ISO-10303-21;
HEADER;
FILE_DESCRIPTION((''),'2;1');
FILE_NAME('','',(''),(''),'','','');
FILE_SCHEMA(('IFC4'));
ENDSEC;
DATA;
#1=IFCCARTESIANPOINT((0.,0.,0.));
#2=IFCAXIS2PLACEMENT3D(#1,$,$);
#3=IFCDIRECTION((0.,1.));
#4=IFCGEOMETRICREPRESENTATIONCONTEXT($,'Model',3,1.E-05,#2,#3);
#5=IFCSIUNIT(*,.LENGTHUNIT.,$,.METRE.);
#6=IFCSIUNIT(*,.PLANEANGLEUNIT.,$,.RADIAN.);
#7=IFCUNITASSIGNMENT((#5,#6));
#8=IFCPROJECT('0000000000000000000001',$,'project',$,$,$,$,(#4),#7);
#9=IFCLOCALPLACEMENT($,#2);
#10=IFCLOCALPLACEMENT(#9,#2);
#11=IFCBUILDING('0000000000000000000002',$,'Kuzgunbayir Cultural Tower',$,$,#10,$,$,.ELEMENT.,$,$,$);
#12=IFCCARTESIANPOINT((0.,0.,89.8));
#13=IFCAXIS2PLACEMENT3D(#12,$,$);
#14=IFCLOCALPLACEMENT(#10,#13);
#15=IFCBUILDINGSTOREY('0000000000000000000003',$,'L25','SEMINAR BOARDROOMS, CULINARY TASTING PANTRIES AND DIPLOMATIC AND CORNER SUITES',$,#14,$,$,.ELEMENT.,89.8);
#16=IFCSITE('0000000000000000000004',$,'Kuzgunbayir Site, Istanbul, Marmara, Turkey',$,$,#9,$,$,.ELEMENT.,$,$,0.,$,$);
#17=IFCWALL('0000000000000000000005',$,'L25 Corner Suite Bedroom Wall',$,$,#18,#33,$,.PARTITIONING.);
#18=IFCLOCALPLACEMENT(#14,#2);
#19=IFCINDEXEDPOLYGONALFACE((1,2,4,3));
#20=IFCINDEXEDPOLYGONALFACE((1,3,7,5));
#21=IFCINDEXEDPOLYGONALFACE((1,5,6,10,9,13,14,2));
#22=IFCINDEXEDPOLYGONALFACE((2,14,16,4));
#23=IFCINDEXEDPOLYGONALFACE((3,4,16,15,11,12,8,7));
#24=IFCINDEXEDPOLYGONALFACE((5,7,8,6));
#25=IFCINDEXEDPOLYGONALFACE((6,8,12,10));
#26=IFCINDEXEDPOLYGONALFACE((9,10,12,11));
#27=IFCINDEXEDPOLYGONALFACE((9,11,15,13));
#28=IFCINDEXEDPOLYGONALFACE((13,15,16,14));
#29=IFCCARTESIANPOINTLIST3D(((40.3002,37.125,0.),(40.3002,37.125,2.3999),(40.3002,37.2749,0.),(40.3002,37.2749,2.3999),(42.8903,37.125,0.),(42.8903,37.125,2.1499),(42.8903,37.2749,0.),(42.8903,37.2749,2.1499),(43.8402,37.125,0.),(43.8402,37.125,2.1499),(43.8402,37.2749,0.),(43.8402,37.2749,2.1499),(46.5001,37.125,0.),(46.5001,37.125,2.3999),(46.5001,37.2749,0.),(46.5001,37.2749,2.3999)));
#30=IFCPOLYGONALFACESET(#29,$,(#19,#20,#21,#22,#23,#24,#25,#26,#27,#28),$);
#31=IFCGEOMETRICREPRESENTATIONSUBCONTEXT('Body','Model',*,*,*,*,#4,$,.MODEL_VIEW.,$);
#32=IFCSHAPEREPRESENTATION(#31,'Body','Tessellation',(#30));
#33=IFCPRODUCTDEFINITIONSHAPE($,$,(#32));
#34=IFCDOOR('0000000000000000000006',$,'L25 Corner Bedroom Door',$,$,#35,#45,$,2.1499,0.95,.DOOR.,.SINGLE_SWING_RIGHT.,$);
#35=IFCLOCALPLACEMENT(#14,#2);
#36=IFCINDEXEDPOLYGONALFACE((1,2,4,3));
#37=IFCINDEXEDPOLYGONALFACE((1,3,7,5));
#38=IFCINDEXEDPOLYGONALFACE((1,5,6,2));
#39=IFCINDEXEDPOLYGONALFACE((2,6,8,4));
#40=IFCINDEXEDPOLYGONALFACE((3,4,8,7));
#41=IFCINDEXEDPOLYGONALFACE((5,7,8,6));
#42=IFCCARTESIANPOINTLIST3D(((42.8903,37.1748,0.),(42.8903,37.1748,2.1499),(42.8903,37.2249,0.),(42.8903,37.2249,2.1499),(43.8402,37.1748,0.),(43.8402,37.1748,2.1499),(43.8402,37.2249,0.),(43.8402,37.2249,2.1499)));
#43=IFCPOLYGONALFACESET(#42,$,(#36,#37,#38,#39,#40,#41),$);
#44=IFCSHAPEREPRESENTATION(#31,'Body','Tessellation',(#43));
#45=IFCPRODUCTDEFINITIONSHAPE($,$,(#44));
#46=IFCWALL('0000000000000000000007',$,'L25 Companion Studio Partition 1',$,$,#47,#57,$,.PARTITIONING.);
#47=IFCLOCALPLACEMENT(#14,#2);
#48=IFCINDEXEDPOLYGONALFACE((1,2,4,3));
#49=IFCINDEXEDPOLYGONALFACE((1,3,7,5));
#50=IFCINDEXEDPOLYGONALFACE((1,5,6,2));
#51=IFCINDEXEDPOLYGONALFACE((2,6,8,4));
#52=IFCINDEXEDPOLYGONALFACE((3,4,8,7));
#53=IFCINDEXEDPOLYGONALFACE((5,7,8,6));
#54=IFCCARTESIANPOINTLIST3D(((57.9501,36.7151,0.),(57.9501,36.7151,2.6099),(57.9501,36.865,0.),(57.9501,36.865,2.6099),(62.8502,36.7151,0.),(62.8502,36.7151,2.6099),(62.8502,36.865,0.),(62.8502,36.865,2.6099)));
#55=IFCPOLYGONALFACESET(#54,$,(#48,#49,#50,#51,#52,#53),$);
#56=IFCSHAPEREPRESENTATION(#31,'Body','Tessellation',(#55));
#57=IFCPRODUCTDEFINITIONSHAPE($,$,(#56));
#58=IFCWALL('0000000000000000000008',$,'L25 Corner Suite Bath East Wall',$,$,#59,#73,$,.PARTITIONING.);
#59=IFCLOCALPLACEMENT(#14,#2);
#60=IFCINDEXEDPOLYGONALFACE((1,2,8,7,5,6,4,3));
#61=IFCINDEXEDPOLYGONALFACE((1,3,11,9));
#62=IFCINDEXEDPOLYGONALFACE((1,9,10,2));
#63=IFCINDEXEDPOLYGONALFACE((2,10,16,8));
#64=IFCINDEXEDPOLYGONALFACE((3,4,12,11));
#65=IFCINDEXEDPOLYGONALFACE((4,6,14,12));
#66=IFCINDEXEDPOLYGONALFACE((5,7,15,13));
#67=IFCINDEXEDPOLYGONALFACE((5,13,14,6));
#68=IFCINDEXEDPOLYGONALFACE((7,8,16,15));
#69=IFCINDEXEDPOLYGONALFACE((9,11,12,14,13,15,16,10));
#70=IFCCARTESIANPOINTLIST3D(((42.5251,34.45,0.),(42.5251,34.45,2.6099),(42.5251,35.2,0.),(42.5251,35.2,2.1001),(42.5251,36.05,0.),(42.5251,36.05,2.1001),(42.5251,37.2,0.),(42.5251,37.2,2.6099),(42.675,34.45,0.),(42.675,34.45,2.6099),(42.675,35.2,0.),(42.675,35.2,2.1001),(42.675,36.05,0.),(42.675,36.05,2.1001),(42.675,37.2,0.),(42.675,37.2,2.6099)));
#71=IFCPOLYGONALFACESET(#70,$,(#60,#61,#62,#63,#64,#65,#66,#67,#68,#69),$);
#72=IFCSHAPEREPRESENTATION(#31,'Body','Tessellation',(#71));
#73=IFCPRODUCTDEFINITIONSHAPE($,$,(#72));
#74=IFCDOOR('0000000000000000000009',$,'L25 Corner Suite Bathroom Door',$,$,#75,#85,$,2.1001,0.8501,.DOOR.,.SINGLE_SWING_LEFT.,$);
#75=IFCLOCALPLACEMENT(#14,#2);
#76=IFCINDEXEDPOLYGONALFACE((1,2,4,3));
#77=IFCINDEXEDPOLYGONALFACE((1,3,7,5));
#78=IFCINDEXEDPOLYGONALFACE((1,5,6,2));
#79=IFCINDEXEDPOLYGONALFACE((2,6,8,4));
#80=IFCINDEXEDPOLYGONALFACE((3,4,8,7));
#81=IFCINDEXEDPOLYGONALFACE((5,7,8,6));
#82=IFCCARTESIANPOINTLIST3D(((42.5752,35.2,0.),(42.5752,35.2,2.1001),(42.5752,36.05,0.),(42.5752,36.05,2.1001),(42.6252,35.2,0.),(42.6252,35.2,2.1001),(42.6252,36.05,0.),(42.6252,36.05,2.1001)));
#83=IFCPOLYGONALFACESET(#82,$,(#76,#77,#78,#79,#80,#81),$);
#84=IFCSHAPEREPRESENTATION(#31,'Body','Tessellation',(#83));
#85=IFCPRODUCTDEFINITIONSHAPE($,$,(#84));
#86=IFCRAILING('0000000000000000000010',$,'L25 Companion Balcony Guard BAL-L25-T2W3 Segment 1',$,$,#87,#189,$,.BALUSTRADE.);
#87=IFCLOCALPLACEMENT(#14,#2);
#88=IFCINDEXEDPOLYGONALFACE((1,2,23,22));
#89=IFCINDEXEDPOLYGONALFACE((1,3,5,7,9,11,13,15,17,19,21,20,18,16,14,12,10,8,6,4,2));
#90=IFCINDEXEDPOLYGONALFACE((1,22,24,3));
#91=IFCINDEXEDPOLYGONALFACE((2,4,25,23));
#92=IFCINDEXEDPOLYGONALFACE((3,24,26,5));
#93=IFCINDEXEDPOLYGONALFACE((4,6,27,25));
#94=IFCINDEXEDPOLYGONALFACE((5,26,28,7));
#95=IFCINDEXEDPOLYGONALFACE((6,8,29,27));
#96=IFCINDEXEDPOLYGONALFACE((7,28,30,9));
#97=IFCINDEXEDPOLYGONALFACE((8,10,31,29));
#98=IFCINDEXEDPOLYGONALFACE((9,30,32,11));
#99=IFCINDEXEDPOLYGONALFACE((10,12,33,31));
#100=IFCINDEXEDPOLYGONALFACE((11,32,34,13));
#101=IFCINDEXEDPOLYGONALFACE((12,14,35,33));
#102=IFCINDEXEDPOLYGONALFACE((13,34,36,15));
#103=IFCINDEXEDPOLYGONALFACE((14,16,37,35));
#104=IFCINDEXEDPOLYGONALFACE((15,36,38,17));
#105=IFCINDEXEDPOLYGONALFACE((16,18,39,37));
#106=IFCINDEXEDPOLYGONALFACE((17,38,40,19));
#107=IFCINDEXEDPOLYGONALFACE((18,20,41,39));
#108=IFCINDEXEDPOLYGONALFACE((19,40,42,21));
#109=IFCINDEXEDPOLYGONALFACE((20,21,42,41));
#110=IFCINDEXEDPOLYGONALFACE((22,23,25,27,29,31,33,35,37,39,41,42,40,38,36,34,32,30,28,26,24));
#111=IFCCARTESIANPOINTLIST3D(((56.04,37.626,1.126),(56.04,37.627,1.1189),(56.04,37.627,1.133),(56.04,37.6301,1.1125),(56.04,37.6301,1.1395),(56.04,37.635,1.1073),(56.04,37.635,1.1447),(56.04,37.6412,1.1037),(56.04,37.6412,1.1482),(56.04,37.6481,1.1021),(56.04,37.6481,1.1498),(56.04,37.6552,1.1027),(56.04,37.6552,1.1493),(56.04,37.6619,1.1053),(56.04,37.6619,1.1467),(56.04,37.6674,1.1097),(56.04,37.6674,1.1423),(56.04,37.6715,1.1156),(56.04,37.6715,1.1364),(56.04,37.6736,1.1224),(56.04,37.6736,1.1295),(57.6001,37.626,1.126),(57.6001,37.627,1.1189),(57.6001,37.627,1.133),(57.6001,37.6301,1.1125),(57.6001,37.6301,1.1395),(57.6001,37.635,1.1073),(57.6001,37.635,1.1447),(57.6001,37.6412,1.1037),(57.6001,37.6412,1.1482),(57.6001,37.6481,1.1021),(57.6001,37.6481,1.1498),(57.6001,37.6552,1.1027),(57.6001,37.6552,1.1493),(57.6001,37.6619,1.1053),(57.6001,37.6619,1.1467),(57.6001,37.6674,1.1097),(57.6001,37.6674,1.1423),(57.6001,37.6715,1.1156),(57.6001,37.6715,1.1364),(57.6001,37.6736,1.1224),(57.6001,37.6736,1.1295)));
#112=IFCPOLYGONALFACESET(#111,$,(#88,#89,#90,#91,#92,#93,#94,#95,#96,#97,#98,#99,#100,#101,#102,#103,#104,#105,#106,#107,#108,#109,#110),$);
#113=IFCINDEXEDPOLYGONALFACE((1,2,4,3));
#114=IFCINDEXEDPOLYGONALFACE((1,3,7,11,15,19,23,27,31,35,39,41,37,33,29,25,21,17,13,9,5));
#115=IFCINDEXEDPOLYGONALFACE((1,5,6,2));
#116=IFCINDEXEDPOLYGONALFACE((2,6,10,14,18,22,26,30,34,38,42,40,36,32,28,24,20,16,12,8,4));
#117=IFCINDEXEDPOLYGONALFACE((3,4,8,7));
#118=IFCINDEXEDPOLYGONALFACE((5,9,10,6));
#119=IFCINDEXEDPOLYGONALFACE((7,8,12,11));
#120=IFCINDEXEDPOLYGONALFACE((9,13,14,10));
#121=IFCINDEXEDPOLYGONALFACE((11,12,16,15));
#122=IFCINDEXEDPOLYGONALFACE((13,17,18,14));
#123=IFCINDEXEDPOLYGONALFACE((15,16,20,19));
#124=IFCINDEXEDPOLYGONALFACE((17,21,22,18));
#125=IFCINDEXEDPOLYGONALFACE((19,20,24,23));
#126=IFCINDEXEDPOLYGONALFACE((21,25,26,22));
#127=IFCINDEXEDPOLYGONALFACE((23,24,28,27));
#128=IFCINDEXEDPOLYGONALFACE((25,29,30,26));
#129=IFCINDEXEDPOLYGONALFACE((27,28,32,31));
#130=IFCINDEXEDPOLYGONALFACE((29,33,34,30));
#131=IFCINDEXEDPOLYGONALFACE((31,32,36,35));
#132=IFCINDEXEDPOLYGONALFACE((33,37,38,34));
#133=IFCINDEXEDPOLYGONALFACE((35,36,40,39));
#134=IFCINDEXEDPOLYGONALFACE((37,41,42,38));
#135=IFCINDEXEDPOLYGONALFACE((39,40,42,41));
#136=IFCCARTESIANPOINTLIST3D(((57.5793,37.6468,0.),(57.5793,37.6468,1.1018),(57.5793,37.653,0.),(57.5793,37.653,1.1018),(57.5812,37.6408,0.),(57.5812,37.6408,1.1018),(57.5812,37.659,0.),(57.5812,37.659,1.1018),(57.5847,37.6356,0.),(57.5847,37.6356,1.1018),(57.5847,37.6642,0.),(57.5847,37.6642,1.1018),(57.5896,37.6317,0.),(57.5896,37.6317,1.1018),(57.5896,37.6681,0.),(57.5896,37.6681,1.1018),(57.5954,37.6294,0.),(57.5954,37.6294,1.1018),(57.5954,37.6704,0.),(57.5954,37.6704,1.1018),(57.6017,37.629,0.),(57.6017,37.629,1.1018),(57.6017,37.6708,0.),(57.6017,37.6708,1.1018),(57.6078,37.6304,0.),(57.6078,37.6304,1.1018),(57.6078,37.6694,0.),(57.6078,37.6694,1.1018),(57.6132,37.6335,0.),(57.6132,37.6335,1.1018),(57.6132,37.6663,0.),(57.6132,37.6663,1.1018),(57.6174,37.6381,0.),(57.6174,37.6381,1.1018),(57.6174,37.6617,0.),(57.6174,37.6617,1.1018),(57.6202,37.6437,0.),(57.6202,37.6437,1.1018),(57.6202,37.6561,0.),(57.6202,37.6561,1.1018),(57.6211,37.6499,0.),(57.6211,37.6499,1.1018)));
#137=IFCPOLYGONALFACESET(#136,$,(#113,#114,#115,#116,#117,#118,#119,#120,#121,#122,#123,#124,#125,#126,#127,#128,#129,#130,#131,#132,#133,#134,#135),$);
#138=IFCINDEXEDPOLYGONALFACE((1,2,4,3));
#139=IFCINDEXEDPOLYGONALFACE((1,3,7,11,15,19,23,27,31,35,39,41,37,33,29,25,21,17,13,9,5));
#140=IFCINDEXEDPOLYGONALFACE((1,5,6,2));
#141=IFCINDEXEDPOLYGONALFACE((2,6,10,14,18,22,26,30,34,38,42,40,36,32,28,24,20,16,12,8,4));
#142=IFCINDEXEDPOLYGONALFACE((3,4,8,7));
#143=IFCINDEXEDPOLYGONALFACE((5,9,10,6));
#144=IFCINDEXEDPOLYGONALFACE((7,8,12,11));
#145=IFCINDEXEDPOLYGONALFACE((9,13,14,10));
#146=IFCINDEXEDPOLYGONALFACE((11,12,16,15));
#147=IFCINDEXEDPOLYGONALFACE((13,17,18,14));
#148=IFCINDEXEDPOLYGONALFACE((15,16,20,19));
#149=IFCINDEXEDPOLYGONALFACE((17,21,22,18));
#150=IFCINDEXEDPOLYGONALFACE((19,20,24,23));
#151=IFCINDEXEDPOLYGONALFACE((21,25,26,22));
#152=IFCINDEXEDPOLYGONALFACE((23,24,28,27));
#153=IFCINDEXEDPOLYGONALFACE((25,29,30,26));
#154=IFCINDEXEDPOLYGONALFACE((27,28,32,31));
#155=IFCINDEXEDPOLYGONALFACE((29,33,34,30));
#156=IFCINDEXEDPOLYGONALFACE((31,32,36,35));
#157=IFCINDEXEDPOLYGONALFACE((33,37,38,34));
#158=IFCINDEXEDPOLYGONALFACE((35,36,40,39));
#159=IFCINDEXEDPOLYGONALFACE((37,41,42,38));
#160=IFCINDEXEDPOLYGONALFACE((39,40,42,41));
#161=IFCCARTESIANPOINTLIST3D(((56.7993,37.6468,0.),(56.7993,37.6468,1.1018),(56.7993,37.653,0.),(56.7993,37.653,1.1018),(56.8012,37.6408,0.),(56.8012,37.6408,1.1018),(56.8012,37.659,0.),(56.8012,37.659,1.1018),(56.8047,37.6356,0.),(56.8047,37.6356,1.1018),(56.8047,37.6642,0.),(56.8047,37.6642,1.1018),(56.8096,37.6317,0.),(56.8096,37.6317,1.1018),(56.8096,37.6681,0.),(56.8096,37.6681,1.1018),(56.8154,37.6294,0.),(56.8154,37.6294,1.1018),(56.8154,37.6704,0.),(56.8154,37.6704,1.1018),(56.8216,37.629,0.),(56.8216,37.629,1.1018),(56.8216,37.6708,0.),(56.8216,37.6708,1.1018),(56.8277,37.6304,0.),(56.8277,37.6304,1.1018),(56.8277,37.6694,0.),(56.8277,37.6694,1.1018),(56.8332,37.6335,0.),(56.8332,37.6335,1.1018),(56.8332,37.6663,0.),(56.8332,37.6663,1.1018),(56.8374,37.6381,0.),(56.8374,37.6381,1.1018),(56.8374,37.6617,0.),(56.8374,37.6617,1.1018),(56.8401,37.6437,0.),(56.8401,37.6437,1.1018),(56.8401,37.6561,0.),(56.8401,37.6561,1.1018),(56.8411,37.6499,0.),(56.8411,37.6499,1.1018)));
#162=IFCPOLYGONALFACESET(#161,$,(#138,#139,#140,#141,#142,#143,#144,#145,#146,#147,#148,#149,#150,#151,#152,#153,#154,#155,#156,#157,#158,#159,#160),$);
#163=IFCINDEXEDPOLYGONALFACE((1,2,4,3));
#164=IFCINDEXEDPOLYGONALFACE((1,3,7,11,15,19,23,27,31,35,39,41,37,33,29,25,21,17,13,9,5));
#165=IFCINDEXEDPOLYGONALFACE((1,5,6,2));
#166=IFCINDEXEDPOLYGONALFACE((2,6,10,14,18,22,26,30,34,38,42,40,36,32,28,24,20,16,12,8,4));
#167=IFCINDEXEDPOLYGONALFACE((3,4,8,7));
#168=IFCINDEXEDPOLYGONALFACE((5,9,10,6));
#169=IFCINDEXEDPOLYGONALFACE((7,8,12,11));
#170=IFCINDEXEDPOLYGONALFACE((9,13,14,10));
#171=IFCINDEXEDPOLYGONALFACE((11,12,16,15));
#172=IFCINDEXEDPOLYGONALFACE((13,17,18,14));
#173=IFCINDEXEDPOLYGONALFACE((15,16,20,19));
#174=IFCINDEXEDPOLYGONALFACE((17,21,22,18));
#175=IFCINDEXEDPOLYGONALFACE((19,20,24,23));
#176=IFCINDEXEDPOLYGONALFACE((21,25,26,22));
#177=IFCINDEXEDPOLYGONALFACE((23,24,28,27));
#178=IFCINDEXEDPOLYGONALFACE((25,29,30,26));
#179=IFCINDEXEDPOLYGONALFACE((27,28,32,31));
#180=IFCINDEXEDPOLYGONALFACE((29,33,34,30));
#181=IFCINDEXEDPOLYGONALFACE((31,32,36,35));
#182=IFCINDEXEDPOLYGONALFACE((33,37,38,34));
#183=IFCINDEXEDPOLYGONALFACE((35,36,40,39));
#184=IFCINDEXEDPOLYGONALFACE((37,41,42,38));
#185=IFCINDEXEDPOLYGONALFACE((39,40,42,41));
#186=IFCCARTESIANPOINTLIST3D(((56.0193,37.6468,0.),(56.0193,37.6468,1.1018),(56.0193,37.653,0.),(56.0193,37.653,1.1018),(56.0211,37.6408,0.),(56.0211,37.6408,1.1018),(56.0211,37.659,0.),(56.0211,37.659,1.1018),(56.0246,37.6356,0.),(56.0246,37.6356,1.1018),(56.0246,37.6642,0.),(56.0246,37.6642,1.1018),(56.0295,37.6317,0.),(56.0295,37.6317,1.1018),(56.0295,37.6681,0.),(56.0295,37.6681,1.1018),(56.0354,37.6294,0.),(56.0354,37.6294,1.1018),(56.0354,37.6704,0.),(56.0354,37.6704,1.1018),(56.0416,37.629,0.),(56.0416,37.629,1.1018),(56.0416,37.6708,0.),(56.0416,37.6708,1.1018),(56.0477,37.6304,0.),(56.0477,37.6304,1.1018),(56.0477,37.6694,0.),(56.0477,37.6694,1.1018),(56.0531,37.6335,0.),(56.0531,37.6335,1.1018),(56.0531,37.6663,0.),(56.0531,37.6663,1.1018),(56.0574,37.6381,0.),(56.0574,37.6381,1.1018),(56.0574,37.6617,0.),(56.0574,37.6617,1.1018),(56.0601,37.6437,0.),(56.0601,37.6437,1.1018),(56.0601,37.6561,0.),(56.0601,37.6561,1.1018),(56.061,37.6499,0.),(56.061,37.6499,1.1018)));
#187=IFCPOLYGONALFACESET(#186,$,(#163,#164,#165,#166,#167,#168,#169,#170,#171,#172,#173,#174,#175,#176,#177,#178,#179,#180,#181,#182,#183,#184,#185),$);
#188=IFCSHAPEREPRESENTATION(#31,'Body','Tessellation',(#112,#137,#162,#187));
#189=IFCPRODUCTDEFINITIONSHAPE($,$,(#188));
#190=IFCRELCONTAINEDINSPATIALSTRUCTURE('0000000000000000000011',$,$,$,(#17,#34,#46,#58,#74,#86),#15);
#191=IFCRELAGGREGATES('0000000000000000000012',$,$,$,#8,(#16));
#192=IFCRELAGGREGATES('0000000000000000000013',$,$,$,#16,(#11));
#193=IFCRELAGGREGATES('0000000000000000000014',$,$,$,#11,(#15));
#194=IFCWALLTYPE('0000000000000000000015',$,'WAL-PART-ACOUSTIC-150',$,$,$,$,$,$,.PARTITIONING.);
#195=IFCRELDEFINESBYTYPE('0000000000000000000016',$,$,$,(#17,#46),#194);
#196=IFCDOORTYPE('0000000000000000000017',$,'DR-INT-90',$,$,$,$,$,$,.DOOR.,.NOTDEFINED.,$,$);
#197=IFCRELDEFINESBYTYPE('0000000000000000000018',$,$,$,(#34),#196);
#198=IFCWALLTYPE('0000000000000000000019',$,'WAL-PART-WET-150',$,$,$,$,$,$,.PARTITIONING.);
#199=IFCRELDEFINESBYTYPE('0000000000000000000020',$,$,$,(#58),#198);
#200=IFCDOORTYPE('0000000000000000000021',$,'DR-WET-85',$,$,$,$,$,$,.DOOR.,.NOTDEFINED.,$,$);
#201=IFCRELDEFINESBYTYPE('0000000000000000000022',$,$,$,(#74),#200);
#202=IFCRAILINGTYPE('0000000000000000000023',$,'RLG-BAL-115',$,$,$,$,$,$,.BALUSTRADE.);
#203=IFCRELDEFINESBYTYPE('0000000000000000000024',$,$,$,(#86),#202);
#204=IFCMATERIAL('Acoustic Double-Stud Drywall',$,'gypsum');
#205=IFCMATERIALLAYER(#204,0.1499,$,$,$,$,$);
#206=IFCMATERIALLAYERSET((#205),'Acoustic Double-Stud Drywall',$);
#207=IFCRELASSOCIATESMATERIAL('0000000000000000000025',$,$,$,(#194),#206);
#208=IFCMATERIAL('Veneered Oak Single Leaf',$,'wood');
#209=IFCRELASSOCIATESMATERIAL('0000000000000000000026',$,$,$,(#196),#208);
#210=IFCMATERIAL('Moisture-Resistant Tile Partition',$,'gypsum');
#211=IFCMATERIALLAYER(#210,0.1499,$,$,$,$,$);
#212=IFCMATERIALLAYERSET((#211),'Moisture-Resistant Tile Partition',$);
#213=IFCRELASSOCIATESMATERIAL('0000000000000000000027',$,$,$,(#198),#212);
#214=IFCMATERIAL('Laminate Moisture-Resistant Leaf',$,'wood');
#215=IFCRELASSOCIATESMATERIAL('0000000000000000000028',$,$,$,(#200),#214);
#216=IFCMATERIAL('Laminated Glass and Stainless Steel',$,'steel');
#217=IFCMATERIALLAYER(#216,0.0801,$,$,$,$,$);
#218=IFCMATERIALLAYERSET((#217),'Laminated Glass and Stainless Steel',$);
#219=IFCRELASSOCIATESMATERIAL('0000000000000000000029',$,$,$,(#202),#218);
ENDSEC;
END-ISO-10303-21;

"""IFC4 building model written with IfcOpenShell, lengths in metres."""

from ifc_helpers import new_model, si_unit, direction, frame, frame_2d, origin, origin_2d, place, context, subcontext, project, spatial, rectangle, circle, extrude, material, layer, layer_set, type_object, element, fill, save


model = new_model("IFC4")

# Units and contexts
model_context = context("Model", 3, precision=1e-05, world=origin(), true_north=direction((0.0, 1.0)))
body_context = subcontext(model_context, "Body", "Model", "MODEL_VIEW")
ifc_project = project(units=[si_unit("LENGTHUNIT", "METRE"), si_unit("PLANEANGLEUNIT", "RADIAN")], contexts=[model_context])

# Site, building, storey
site_placement = place(None, origin())
site = spatial("IfcSite", under=ifc_project, at=site_placement, Name="Kuzgunbayir Site, Istanbul, Marmara, Turkey", CompositionType="ELEMENT", RefElevation=0.0)
building_placement = place(site_placement, origin())
building = spatial("IfcBuilding", under=site, at=building_placement, Name="Kuzgunbayir Cultural Tower", CompositionType="ELEMENT")
storey_placement = place(building_placement, frame((0.0, 0.0, 89.8)))
storey = spatial("IfcBuildingStorey", under=building, at=storey_placement, Name="L25", Description="SEMINAR BOARDROOMS, CULINARY TASTING PANTRIES AND DIPLOMATIC AND CORNER SUITES", CompositionType="ELEMENT", Elevation=89.8)

# Wall, opening, door
ifc_material_1 = material(Name="Acoustic Double-Stud Drywall", Category="gypsum")
ifc_layer_1 = layer(ifc_material_1, 0.1499)
ifc_layer_set_1 = layer_set([ifc_layer_1], Name="Acoustic Double-Stud Drywall")
wall_type_1 = type_object("IfcWallType", Name="WAL-PART-ACOUSTIC-150", PredefinedType="PARTITIONING", material=ifc_layer_set_1)
wall_1_placement = place(storey_placement, frame((40.3, 37.2, 0.0), z_axis=(0.0, 0.0, 1.0), x_axis=(1.0, 0.0, 0.0)))
wall_1 = element("IfcWall", 1, at=wall_1_placement, inside=storey, type_object=wall_type_1, Name="L25 Corner Suite Bedroom Wall", PredefinedType="PARTITIONING", context=body_context, shape_type="SweptSolid", body=[
    extrude(rectangle(XDim=6.2, YDim=0.1499, at=frame_2d((3.1001, 0.0))), origin(), (0.0, 0.0, 1.0), 2.3999),
])
opening_1_placement = place(wall_1_placement, frame((2.5901, 0.0, 0.0)))
opening_1 = element("IfcOpeningElement", 2, at=opening_1_placement, cuts=wall_1, PredefinedType="OPENING", context=body_context, shape_type="SweptSolid", body=[
    extrude(rectangle(XDim=0.95, YDim=2.1499, at=frame_2d((0.4751, 1.075))), frame((0.0, 0.085, 0.0), z_axis=(0.0, -1.0, 0.0), x_axis=(1.0, 0.0, 0.0)), (0.0, 0.0, 1.0), 0.1699),
])
ifc_material_2 = material(Name="Veneered Oak Single Leaf", Category="wood")
door_type_1 = type_object("IfcDoorType", Name="DR-INT-90", OperationType="NOTDEFINED", PredefinedType="DOOR", material=ifc_material_2)
door_1_placement = place(opening_1_placement, origin())
door_1 = element("IfcDoor", 3, at=door_1_placement, inside=storey, type_object=door_type_1, Name="L25 Corner Bedroom Door", OperationType="SINGLE_SWING_RIGHT", OverallHeight=2.1499, OverallWidth=0.95, PredefinedType="DOOR", context=body_context, shape_type="SweptSolid", body=[
    extrude(rectangle(XDim=0.95, YDim=2.1499, at=frame_2d((0.4751, 1.075))), frame((0.0, 0.0249, 0.0), z_axis=(0.0, -1.0, 0.0), x_axis=(1.0, 0.0, 0.0)), (0.0, 0.0, 1.0), 0.05),
])
fill(opening_1, door_1)

# Wall
wall_2_placement = place(storey_placement, frame((57.95, 36.79, 0.0), z_axis=(0.0, 0.0, 1.0), x_axis=(1.0, 0.0, 0.0)))
element("IfcWall", 4, at=wall_2_placement, inside=storey, type_object=wall_type_1, Name="L25 Companion Studio Partition 1", PredefinedType="PARTITIONING", context=body_context, shape_type="SweptSolid", body=[
    extrude(rectangle(XDim=4.9001, YDim=0.1499, at=frame_2d((2.4502, 0.0))), origin(), (0.0, 0.0, 1.0), 2.6099),
])

# Wall, opening, door
ifc_material_3 = material(Name="Moisture-Resistant Tile Partition", Category="gypsum")
ifc_layer_2 = layer(ifc_material_3, 0.1499)
ifc_layer_set_2 = layer_set([ifc_layer_2], Name="Moisture-Resistant Tile Partition")
wall_type_2 = type_object("IfcWallType", Name="WAL-PART-WET-150", PredefinedType="PARTITIONING", material=ifc_layer_set_2)
wall_3_placement = place(storey_placement, frame((42.6001, 34.45, 0.0), z_axis=(0.0, 0.0, 1.0), x_axis=(0.0, 1.0, 0.0)))
wall_3 = element("IfcWall", 5, at=wall_3_placement, inside=storey, type_object=wall_type_2, Name="L25 Corner Suite Bath East Wall", PredefinedType="PARTITIONING", context=body_context, shape_type="SweptSolid", body=[
    extrude(rectangle(XDim=2.75, YDim=0.1499, at=frame_2d((1.375, 0.0))), origin(), (0.0, 0.0, 1.0), 2.6099),
])
opening_2_placement = place(wall_3_placement, frame((0.75, 0.0, 0.0)))
opening_2 = element("IfcOpeningElement", 6, at=opening_2_placement, cuts=wall_3, PredefinedType="OPENING", context=body_context, shape_type="SweptSolid", body=[
    extrude(rectangle(XDim=0.8501, YDim=2.1001, at=frame_2d((0.425, 1.05))), frame((0.0, 0.085, 0.0), z_axis=(0.0, -1.0, 0.0), x_axis=(1.0, 0.0, 0.0)), (0.0, 0.0, 1.0), 0.1699),
])
ifc_material_4 = material(Name="Laminate Moisture-Resistant Leaf", Category="wood")
door_type_2 = type_object("IfcDoorType", Name="DR-WET-85", OperationType="NOTDEFINED", PredefinedType="DOOR", material=ifc_material_4)
door_2_placement = place(opening_2_placement, origin())
door_2 = element("IfcDoor", 7, at=door_2_placement, inside=storey, type_object=door_type_2, Name="L25 Corner Suite Bathroom Door", OperationType="SINGLE_SWING_LEFT", OverallHeight=2.1001, OverallWidth=0.8501, PredefinedType="DOOR", context=body_context, shape_type="SweptSolid", body=[
    extrude(rectangle(XDim=0.8501, YDim=2.1001, at=frame_2d((0.425, 1.05))), frame((0.0, 0.0249, 0.0), z_axis=(0.0, -1.0, 0.0), x_axis=(1.0, 0.0, 0.0)), (0.0, 0.0, 1.0), 0.05),
])
fill(opening_2, door_2)

# Railing
ifc_material_5 = material(Name="Laminated Glass and Stainless Steel", Category="steel")
ifc_layer_3 = layer(ifc_material_5, 0.0801)
ifc_layer_set_3 = layer_set([ifc_layer_3], Name="Laminated Glass and Stainless Steel")
railing_type = type_object("IfcRailingType", Name="RLG-BAL-115", PredefinedType="BALUSTRADE", material=ifc_layer_set_3)
railing_1_placement = place(storey_placement, frame((57.6001, 37.6499, 0.0)))
element("IfcRailing", 8, at=railing_1_placement, inside=storey, type_object=railing_type, Name="L25 Companion Balcony Guard BAL-L25-T2W3 Segment 1", PredefinedType="BALUSTRADE", context=body_context, shape_type="SweptSolid", body=[
    extrude(circle(Radius=0.0239, at=origin_2d()), frame((0.0, 0.0, 1.126), z_axis=(-1.0, 0.0, 0.0), x_axis=(0.0, -1.0, 0.0)), (0.0, 0.0, 1.0), 1.5601),
    extrude(circle(Radius=0.021, at=origin_2d()), origin(), (0.0, 0.0, 1.0), 1.1018),
    extrude(circle(Radius=0.021, at=origin_2d()), frame((-0.78, 0.0, 0.0)), (0.0, 0.0, 1.0), 1.1018),
    extrude(circle(Radius=0.021, at=origin_2d()), frame((-1.5601, 0.0, 0.0)), (0.0, 0.0, 1.0), 1.1018),
])

save(model, "model.ifc")
